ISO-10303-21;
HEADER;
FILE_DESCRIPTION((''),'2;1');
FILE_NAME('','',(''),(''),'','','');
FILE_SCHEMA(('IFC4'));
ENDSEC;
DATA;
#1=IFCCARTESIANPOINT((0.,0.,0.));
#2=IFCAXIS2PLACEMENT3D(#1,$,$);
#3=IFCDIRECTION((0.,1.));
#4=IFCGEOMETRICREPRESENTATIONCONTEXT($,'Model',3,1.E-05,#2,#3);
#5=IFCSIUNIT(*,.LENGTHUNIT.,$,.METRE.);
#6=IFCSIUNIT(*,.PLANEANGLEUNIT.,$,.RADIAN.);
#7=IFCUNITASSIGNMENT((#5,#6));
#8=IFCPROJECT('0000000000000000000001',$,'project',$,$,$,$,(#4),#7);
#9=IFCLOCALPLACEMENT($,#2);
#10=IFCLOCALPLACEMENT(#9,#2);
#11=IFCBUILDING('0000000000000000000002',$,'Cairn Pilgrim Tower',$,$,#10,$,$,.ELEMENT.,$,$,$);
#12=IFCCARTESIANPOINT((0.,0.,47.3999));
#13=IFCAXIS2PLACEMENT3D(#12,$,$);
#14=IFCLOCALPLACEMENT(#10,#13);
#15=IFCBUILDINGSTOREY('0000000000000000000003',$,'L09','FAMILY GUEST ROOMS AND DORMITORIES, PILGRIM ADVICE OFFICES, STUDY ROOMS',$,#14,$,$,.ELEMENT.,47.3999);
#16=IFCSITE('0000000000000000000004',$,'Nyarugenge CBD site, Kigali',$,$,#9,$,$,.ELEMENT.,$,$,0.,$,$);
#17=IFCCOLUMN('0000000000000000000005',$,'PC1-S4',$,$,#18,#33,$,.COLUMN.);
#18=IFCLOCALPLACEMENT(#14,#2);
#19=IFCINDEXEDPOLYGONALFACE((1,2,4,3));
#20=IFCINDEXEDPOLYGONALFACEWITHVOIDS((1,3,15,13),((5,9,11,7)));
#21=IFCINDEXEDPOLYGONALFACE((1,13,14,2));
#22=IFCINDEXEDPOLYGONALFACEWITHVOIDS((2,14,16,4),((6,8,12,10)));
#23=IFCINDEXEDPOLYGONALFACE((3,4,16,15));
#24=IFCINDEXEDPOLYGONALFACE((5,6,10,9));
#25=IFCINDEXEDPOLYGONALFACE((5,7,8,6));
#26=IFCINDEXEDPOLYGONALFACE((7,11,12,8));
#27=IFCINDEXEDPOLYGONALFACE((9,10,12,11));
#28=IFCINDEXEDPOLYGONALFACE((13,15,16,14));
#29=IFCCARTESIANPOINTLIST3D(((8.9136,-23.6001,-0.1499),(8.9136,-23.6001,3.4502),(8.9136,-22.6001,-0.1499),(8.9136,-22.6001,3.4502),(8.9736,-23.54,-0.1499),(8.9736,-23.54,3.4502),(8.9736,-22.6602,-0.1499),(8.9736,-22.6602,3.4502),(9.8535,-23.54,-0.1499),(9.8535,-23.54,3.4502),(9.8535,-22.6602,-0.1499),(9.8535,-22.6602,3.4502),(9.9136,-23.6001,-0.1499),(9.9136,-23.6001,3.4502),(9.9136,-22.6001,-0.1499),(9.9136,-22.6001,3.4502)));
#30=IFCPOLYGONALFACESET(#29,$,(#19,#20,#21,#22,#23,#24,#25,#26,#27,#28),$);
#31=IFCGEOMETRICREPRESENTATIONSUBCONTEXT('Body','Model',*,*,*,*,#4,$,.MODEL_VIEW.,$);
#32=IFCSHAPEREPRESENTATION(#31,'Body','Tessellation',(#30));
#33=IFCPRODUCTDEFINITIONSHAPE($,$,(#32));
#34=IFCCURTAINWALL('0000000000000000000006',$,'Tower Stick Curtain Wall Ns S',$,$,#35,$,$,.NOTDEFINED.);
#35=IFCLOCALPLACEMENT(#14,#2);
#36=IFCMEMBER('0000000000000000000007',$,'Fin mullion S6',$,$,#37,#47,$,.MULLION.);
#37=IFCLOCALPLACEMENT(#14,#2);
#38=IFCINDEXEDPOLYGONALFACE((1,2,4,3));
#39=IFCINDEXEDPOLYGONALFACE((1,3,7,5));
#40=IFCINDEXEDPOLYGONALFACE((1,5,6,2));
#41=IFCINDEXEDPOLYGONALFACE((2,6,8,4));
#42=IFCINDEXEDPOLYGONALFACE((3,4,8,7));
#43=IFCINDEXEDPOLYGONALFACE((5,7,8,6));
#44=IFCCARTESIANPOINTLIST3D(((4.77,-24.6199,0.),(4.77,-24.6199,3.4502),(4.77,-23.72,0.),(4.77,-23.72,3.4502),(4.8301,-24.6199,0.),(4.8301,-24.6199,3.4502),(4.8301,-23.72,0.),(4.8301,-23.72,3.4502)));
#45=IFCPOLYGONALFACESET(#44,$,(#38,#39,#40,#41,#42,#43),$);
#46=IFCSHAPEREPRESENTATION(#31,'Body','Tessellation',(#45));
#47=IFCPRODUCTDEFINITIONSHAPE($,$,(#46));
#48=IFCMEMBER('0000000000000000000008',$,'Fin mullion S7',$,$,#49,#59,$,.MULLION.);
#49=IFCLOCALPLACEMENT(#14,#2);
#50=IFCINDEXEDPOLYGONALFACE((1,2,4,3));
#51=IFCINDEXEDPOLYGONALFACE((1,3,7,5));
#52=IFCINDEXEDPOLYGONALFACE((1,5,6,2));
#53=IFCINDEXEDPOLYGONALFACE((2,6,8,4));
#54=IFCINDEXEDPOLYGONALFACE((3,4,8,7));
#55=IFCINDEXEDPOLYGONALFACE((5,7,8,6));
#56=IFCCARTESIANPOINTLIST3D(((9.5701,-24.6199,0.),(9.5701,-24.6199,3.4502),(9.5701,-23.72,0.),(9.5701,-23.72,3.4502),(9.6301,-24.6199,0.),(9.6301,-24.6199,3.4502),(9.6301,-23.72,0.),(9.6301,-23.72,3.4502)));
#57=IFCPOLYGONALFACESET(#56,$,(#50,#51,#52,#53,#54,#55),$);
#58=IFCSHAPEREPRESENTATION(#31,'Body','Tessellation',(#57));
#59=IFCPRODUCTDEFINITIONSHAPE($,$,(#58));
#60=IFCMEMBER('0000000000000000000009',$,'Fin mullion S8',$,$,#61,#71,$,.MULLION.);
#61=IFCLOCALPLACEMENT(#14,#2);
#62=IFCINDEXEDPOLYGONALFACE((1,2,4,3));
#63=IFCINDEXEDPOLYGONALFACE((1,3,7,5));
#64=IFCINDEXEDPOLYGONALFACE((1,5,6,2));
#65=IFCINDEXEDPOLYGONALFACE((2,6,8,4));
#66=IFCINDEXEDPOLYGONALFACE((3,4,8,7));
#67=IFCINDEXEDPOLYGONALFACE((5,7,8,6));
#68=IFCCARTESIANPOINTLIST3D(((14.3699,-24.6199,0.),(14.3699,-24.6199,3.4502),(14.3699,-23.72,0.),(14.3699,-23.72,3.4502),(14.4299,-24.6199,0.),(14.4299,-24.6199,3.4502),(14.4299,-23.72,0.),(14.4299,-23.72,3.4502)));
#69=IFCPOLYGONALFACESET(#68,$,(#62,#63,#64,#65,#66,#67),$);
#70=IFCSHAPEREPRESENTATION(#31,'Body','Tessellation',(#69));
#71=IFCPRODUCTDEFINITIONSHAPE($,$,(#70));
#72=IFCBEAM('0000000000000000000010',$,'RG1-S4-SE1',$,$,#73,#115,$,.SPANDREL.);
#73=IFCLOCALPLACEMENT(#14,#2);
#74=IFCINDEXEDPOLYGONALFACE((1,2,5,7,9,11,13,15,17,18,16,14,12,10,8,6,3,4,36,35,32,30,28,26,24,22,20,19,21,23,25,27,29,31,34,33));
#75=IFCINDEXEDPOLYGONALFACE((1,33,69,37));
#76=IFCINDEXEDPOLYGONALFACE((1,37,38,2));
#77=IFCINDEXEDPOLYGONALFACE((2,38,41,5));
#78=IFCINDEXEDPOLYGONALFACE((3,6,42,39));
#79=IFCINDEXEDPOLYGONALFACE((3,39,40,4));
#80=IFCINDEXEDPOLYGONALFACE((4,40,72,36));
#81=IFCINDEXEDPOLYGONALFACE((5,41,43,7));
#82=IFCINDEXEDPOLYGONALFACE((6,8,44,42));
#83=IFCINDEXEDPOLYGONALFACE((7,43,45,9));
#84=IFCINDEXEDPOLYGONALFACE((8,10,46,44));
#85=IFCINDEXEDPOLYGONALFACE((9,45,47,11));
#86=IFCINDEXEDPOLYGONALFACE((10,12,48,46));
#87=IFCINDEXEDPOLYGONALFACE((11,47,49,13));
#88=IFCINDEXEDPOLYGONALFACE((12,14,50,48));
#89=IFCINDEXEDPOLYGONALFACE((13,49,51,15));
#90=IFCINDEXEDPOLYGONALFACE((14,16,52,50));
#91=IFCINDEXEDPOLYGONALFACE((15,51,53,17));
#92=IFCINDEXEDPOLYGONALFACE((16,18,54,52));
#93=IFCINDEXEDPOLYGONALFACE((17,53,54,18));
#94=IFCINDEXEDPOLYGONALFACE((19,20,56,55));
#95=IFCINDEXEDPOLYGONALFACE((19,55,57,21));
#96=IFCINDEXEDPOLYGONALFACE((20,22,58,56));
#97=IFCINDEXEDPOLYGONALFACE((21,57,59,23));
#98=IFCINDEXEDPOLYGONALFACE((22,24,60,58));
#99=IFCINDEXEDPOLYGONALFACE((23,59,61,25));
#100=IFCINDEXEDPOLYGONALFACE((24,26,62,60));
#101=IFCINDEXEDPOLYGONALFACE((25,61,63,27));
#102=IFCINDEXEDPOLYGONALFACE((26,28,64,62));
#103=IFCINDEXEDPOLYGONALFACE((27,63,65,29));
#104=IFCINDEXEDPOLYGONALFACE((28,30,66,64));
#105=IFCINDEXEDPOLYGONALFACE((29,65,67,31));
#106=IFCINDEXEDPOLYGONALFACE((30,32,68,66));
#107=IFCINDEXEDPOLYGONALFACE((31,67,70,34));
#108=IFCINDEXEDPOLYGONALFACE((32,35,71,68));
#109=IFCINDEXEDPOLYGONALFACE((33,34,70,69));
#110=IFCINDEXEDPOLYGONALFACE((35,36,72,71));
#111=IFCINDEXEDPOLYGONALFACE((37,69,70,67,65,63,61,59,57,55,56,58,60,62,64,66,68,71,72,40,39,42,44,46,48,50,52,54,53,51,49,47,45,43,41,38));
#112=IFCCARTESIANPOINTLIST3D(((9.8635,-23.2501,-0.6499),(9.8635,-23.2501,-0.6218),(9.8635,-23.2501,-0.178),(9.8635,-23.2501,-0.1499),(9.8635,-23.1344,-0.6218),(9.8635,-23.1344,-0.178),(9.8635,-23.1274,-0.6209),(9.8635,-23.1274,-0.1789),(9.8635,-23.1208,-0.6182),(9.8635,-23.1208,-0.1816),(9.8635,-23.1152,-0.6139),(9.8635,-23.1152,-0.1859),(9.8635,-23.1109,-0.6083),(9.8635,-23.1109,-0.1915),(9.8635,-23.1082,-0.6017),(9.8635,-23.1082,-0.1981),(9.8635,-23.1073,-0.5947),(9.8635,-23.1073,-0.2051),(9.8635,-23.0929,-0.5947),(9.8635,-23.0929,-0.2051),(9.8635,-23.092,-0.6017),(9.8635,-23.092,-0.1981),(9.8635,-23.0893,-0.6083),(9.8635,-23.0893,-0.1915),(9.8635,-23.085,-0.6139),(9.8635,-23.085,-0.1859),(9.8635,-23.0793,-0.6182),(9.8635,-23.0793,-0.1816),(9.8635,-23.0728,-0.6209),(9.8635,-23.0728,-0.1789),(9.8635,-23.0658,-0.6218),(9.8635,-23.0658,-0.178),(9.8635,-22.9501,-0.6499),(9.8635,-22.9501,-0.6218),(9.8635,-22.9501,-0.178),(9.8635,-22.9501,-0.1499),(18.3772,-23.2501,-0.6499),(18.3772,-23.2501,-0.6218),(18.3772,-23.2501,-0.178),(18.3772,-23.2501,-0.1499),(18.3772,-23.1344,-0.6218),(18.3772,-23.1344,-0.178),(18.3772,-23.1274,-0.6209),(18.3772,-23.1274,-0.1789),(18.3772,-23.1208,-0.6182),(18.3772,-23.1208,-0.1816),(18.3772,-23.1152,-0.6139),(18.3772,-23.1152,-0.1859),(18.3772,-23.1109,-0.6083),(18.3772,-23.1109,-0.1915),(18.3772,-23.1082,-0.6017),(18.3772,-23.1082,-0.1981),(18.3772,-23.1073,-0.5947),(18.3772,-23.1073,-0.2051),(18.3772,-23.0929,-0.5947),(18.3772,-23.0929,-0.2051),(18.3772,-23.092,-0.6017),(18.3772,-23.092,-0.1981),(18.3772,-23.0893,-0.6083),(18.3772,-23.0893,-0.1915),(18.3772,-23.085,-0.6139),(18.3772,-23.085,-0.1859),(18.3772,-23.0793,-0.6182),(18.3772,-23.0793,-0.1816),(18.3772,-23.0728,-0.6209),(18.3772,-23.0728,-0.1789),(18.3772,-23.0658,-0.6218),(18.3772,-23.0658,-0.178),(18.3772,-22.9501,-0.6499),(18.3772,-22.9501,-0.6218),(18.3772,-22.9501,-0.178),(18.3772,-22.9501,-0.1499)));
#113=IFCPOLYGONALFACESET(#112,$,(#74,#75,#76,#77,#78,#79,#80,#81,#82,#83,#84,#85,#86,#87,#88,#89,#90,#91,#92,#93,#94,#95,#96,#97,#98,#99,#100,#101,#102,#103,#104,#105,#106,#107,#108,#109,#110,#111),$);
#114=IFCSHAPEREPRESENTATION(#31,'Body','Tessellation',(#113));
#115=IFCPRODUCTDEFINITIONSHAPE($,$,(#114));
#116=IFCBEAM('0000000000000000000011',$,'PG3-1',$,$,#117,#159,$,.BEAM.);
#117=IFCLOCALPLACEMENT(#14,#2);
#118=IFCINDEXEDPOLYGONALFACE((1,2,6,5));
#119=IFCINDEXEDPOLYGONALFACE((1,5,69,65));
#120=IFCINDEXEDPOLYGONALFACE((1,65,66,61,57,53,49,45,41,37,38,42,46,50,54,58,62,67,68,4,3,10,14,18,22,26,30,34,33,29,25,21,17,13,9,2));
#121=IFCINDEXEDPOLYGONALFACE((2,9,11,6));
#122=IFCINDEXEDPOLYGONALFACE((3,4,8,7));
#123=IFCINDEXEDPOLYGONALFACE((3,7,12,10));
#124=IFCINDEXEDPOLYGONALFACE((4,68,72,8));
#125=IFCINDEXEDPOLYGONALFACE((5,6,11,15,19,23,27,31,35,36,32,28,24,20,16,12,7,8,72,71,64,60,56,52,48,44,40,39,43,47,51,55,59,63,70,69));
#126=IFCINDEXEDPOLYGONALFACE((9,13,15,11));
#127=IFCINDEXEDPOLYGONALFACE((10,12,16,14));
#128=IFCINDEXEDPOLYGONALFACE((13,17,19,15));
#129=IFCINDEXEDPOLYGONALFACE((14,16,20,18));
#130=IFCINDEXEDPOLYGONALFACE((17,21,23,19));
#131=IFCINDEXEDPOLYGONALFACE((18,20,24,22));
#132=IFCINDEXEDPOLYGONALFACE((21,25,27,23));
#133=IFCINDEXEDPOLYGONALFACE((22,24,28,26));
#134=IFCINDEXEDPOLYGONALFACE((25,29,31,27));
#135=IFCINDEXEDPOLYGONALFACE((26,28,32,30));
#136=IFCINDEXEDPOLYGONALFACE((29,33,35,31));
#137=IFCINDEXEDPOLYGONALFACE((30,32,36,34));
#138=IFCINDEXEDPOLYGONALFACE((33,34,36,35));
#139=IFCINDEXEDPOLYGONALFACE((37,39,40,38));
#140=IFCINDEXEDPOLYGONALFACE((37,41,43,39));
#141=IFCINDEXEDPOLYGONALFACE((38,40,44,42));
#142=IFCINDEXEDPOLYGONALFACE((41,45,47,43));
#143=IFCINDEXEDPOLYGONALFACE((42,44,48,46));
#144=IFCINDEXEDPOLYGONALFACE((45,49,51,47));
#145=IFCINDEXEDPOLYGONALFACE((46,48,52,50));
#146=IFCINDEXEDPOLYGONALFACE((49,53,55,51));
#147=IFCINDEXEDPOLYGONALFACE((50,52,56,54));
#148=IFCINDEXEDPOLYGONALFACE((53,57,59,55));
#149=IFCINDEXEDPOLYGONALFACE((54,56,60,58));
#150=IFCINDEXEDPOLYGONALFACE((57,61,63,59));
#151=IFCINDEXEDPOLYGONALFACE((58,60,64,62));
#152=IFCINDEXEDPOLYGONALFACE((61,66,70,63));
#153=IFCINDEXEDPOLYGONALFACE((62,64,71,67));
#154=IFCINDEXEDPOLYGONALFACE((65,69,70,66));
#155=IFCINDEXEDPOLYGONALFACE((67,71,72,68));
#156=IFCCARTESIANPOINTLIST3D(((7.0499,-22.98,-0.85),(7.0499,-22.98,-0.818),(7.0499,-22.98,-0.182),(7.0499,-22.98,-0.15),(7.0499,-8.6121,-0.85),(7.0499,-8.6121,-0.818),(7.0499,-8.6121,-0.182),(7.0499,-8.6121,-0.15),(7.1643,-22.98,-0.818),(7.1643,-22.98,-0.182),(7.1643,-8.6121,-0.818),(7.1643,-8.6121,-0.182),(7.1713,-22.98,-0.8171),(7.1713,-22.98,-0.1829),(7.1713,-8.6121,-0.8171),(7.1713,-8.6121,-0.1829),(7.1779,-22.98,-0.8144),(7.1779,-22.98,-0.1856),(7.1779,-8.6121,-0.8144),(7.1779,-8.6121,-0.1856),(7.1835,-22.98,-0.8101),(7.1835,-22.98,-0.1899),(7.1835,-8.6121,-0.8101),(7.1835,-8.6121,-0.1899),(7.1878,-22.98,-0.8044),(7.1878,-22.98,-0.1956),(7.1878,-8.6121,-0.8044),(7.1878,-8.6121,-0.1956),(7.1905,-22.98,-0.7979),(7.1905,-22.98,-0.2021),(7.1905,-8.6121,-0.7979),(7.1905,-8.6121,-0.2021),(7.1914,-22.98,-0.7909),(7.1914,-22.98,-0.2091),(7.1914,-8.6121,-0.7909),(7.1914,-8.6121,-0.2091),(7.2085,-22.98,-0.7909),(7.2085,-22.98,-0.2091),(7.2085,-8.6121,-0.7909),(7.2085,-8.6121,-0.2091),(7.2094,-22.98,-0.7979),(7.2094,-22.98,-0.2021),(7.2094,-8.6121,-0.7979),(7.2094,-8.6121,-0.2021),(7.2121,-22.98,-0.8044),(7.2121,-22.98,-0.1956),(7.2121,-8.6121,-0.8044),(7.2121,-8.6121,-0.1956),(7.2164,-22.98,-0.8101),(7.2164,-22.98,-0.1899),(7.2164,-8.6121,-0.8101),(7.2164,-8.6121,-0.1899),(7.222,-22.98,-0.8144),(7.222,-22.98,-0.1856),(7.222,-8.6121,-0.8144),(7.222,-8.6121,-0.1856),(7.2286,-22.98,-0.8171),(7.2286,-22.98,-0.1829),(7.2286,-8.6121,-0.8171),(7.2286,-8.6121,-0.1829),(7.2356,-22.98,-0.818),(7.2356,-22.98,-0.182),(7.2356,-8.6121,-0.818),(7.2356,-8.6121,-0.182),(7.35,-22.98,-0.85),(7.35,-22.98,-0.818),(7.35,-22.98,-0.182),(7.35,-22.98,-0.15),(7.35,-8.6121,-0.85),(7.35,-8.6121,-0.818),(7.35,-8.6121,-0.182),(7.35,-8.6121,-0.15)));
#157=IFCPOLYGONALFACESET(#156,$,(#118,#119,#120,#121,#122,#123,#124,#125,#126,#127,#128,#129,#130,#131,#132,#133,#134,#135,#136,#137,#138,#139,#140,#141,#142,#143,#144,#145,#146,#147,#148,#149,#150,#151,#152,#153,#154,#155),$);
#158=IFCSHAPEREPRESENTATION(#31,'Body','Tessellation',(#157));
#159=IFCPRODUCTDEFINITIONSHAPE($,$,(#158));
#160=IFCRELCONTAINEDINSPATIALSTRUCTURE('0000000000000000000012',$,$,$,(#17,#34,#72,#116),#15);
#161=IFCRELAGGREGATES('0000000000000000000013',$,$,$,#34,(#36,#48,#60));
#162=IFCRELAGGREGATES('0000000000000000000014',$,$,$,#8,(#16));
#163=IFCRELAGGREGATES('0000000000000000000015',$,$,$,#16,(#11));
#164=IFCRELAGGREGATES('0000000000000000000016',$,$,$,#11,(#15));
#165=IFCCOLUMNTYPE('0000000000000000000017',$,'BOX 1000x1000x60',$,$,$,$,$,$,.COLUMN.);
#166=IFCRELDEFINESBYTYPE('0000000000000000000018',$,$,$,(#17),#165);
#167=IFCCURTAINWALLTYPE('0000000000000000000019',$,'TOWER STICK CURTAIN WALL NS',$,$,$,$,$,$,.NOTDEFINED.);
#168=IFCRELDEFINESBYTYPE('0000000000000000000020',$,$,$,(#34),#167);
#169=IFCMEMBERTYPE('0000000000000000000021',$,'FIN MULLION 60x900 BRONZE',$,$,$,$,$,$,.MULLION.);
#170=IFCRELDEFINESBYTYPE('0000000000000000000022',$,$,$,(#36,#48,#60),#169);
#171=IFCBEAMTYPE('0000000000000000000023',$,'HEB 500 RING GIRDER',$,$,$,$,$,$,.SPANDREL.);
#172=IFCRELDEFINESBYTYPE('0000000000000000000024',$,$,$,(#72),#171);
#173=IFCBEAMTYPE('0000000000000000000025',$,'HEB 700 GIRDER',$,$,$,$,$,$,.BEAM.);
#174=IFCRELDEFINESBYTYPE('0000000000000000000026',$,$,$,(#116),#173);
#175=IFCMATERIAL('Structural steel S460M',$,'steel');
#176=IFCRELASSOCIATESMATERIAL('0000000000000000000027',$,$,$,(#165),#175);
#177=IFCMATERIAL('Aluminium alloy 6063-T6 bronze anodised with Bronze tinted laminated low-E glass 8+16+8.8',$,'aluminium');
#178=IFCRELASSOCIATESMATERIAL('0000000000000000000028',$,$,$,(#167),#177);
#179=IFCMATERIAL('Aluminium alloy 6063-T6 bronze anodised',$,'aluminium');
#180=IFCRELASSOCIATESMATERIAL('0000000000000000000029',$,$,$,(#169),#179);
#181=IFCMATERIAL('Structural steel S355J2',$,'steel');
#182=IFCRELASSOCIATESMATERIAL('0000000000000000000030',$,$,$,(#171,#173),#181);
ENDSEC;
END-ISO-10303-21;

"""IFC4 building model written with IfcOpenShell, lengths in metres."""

from ifc_helpers import new_model, si_unit, direction, frame, origin, origin_2d, place, context, subcontext, project, spatial, rectangle, hollow_rectangle, i_section, extrude, material, material_profile, profile_set, type_object, element, aggregate, save


model = new_model("IFC4")

# Units and contexts
model_context = context("Model", 3, precision=1e-05, world=origin(), true_north=direction((0.0, 1.0)))
body_context = subcontext(model_context, "Body", "Model", "MODEL_VIEW")
ifc_project = project(units=[si_unit("LENGTHUNIT", "METRE"), si_unit("PLANEANGLEUNIT", "RADIAN")], contexts=[model_context])

# Site, building, storey
site_placement = place(None, origin())
site = spatial("IfcSite", under=ifc_project, at=site_placement, Name="Nyarugenge CBD site, Kigali", CompositionType="ELEMENT", RefElevation=0.0)
building_placement = place(site_placement, origin())
building = spatial("IfcBuilding", under=site, at=building_placement, Name="Cairn Pilgrim Tower", CompositionType="ELEMENT")
storey_placement = place(building_placement, frame((0.0, 0.0, 47.3999)))
storey = spatial("IfcBuildingStorey", under=building, at=storey_placement, Name="L09", Description="FAMILY GUEST ROOMS AND DORMITORIES, PILGRIM ADVICE OFFICES, STUDY ROOMS", CompositionType="ELEMENT", Elevation=47.3999)

# Column
ifc_material_1 = material(Name="Structural steel S460M", Category="steel")
ifc_material_profile_1 = material_profile(ifc_material_1, hollow_rectangle(XDim=1.0, YDim=1.0, WallThickness=0.0601, at=origin_2d()), Name="BOX 1000x1000x60")
ifc_profile_set_1 = profile_set([ifc_material_profile_1], Name="Structural steel S460M")
column_type = type_object("IfcColumnType", Name="BOX 1000x1000x60", PredefinedType="COLUMN", material=ifc_profile_set_1)
column_placement = place(storey_placement, frame((9.4136, -23.1001, -0.1499), z_axis=(0.0, 0.0, 1.0), x_axis=(1.0, 0.0, 0.0)))
element("IfcColumn", 1, at=column_placement, inside=storey, type_object=column_type, Name="PC1-S4", PredefinedType="COLUMN", context=body_context, shape_type="SweptSolid", body=[
    extrude(hollow_rectangle(XDim=1.0, YDim=1.0, WallThickness=0.0601, at=origin_2d()), origin(), (0.0, 0.0, 1.0), 3.6001),
])

# Curtain wall, members
ifc_material_2 = material(Name="Aluminium alloy 6063-T6 bronze anodised with Bronze tinted laminated low-E glass 8+16+8.8", Category="aluminium")
curtain_wall_type = type_object("IfcCurtainWallType", Name="TOWER STICK CURTAIN WALL NS", PredefinedType="NOTDEFINED", material=ifc_material_2)
curtain_wall_placement = place(storey_placement, origin())
curtain_wall = element("IfcCurtainWall", 2, at=curtain_wall_placement, inside=storey, type_object=curtain_wall_type, Name="Tower Stick Curtain Wall Ns S", PredefinedType="NOTDEFINED")
ifc_material_3 = material(Name="Aluminium alloy 6063-T6 bronze anodised", Category="aluminium")
ifc_material_profile_2 = material_profile(ifc_material_3, rectangle(XDim=0.8999, YDim=0.0601, at=origin_2d()), Name="FIN MULLION 60x900 BRONZE")
ifc_profile_set_2 = profile_set([ifc_material_profile_2], Name="Aluminium alloy 6063-T6 bronze anodised")
member_type_1 = type_object("IfcMemberType", Name="FIN MULLION 60x900 BRONZE", PredefinedType="MULLION", material=ifc_profile_set_2)
member_1_placement = place(storey_placement, frame((4.8, -24.1699, 0.0), z_axis=(0.0, 0.0, 1.0), x_axis=(0.0, -1.0, 0.0)))
member_1 = element("IfcMember", 3, at=member_1_placement, type_object=member_type_1, Name="Fin mullion S6", PredefinedType="MULLION", context=body_context, shape_type="SweptSolid", body=[
    extrude(rectangle(XDim=0.8999, YDim=0.0601, at=origin_2d()), origin(), (0.0, 0.0, 1.0), 3.4502),
])
member_2_placement = place(storey_placement, frame((9.6001, -24.1699, 0.0), z_axis=(0.0, 0.0, 1.0), x_axis=(0.0, -1.0, 0.0)))
member_2 = element("IfcMember", 4, at=member_2_placement, type_object=member_type_1, Name="Fin mullion S7", PredefinedType="MULLION", context=body_context, shape_type="SweptSolid", body=[
    extrude(rectangle(XDim=0.8999, YDim=0.0601, at=origin_2d()), origin(), (0.0, 0.0, 1.0), 3.4502),
])
member_3_placement = place(storey_placement, frame((14.3999, -24.1699, 0.0), z_axis=(0.0, 0.0, 1.0), x_axis=(0.0, -1.0, 0.0)))
member_3 = element("IfcMember", 5, at=member_3_placement, type_object=member_type_1, Name="Fin mullion S8", PredefinedType="MULLION", context=body_context, shape_type="SweptSolid", body=[
    extrude(rectangle(XDim=0.8999, YDim=0.0601, at=origin_2d()), origin(), (0.0, 0.0, 1.0), 3.4502),
])

# Beams
ifc_material_4 = material(Name="Structural steel S355J2", Category="steel")
ifc_material_profile_3 = material_profile(ifc_material_4, i_section(OverallWidth=0.3, OverallDepth=0.5, WebThickness=0.0144, FlangeThickness=0.0281, FilletRadius=0.0271, at=origin_2d()), Name="HEB 500")
ifc_profile_set_3 = profile_set([ifc_material_profile_3], Name="Structural steel S355J2")
beam_type_1 = type_object("IfcBeamType", Name="HEB 500 RING GIRDER", PredefinedType="SPANDREL", material=ifc_profile_set_3)
beam_1_placement = place(storey_placement, frame((9.8635, -23.1001, -0.3999), z_axis=(1.0, 0.0, 0.0), x_axis=(0.0, 1.0, 0.0)))
element("IfcBeam", 6, at=beam_1_placement, inside=storey, type_object=beam_type_1, Name="RG1-S4-SE1", PredefinedType="SPANDREL", context=body_context, shape_type="SweptSolid", body=[
    extrude(i_section(OverallWidth=0.3, OverallDepth=0.5, WebThickness=0.0144, FlangeThickness=0.0281, FilletRadius=0.0271, at=origin_2d()), origin(), (0.0, 0.0, 1.0), 8.5137),
])
ifc_material_profile_4 = material_profile(ifc_material_4, i_section(OverallWidth=0.3, OverallDepth=0.7, WebThickness=0.0171, FlangeThickness=0.032, FilletRadius=0.0271, at=origin_2d()), Name="HEB 700")
ifc_profile_set_4 = profile_set([ifc_material_profile_4], Name="Structural steel S355J2")
beam_type_2 = type_object("IfcBeamType", Name="HEB 700 GIRDER", PredefinedType="BEAM", material=ifc_profile_set_4)
beam_2_placement = place(storey_placement, frame((7.2, -22.98, -0.5), z_axis=(0.0, 1.0, 0.0), x_axis=(-1.0, 0.0, 0.0)))
element("IfcBeam", 7, at=beam_2_placement, inside=storey, type_object=beam_type_2, Name="PG3-1", PredefinedType="BEAM", context=body_context, shape_type="SweptSolid", body=[
    extrude(i_section(OverallWidth=0.3, OverallDepth=0.7, WebThickness=0.0171, FlangeThickness=0.032, FilletRadius=0.0271, at=origin_2d()), origin(), (0.0, 0.0, 1.0), 14.3679),
])

aggregate(curtain_wall, [member_1, member_2, member_3])

save(model, "model.ifc")
